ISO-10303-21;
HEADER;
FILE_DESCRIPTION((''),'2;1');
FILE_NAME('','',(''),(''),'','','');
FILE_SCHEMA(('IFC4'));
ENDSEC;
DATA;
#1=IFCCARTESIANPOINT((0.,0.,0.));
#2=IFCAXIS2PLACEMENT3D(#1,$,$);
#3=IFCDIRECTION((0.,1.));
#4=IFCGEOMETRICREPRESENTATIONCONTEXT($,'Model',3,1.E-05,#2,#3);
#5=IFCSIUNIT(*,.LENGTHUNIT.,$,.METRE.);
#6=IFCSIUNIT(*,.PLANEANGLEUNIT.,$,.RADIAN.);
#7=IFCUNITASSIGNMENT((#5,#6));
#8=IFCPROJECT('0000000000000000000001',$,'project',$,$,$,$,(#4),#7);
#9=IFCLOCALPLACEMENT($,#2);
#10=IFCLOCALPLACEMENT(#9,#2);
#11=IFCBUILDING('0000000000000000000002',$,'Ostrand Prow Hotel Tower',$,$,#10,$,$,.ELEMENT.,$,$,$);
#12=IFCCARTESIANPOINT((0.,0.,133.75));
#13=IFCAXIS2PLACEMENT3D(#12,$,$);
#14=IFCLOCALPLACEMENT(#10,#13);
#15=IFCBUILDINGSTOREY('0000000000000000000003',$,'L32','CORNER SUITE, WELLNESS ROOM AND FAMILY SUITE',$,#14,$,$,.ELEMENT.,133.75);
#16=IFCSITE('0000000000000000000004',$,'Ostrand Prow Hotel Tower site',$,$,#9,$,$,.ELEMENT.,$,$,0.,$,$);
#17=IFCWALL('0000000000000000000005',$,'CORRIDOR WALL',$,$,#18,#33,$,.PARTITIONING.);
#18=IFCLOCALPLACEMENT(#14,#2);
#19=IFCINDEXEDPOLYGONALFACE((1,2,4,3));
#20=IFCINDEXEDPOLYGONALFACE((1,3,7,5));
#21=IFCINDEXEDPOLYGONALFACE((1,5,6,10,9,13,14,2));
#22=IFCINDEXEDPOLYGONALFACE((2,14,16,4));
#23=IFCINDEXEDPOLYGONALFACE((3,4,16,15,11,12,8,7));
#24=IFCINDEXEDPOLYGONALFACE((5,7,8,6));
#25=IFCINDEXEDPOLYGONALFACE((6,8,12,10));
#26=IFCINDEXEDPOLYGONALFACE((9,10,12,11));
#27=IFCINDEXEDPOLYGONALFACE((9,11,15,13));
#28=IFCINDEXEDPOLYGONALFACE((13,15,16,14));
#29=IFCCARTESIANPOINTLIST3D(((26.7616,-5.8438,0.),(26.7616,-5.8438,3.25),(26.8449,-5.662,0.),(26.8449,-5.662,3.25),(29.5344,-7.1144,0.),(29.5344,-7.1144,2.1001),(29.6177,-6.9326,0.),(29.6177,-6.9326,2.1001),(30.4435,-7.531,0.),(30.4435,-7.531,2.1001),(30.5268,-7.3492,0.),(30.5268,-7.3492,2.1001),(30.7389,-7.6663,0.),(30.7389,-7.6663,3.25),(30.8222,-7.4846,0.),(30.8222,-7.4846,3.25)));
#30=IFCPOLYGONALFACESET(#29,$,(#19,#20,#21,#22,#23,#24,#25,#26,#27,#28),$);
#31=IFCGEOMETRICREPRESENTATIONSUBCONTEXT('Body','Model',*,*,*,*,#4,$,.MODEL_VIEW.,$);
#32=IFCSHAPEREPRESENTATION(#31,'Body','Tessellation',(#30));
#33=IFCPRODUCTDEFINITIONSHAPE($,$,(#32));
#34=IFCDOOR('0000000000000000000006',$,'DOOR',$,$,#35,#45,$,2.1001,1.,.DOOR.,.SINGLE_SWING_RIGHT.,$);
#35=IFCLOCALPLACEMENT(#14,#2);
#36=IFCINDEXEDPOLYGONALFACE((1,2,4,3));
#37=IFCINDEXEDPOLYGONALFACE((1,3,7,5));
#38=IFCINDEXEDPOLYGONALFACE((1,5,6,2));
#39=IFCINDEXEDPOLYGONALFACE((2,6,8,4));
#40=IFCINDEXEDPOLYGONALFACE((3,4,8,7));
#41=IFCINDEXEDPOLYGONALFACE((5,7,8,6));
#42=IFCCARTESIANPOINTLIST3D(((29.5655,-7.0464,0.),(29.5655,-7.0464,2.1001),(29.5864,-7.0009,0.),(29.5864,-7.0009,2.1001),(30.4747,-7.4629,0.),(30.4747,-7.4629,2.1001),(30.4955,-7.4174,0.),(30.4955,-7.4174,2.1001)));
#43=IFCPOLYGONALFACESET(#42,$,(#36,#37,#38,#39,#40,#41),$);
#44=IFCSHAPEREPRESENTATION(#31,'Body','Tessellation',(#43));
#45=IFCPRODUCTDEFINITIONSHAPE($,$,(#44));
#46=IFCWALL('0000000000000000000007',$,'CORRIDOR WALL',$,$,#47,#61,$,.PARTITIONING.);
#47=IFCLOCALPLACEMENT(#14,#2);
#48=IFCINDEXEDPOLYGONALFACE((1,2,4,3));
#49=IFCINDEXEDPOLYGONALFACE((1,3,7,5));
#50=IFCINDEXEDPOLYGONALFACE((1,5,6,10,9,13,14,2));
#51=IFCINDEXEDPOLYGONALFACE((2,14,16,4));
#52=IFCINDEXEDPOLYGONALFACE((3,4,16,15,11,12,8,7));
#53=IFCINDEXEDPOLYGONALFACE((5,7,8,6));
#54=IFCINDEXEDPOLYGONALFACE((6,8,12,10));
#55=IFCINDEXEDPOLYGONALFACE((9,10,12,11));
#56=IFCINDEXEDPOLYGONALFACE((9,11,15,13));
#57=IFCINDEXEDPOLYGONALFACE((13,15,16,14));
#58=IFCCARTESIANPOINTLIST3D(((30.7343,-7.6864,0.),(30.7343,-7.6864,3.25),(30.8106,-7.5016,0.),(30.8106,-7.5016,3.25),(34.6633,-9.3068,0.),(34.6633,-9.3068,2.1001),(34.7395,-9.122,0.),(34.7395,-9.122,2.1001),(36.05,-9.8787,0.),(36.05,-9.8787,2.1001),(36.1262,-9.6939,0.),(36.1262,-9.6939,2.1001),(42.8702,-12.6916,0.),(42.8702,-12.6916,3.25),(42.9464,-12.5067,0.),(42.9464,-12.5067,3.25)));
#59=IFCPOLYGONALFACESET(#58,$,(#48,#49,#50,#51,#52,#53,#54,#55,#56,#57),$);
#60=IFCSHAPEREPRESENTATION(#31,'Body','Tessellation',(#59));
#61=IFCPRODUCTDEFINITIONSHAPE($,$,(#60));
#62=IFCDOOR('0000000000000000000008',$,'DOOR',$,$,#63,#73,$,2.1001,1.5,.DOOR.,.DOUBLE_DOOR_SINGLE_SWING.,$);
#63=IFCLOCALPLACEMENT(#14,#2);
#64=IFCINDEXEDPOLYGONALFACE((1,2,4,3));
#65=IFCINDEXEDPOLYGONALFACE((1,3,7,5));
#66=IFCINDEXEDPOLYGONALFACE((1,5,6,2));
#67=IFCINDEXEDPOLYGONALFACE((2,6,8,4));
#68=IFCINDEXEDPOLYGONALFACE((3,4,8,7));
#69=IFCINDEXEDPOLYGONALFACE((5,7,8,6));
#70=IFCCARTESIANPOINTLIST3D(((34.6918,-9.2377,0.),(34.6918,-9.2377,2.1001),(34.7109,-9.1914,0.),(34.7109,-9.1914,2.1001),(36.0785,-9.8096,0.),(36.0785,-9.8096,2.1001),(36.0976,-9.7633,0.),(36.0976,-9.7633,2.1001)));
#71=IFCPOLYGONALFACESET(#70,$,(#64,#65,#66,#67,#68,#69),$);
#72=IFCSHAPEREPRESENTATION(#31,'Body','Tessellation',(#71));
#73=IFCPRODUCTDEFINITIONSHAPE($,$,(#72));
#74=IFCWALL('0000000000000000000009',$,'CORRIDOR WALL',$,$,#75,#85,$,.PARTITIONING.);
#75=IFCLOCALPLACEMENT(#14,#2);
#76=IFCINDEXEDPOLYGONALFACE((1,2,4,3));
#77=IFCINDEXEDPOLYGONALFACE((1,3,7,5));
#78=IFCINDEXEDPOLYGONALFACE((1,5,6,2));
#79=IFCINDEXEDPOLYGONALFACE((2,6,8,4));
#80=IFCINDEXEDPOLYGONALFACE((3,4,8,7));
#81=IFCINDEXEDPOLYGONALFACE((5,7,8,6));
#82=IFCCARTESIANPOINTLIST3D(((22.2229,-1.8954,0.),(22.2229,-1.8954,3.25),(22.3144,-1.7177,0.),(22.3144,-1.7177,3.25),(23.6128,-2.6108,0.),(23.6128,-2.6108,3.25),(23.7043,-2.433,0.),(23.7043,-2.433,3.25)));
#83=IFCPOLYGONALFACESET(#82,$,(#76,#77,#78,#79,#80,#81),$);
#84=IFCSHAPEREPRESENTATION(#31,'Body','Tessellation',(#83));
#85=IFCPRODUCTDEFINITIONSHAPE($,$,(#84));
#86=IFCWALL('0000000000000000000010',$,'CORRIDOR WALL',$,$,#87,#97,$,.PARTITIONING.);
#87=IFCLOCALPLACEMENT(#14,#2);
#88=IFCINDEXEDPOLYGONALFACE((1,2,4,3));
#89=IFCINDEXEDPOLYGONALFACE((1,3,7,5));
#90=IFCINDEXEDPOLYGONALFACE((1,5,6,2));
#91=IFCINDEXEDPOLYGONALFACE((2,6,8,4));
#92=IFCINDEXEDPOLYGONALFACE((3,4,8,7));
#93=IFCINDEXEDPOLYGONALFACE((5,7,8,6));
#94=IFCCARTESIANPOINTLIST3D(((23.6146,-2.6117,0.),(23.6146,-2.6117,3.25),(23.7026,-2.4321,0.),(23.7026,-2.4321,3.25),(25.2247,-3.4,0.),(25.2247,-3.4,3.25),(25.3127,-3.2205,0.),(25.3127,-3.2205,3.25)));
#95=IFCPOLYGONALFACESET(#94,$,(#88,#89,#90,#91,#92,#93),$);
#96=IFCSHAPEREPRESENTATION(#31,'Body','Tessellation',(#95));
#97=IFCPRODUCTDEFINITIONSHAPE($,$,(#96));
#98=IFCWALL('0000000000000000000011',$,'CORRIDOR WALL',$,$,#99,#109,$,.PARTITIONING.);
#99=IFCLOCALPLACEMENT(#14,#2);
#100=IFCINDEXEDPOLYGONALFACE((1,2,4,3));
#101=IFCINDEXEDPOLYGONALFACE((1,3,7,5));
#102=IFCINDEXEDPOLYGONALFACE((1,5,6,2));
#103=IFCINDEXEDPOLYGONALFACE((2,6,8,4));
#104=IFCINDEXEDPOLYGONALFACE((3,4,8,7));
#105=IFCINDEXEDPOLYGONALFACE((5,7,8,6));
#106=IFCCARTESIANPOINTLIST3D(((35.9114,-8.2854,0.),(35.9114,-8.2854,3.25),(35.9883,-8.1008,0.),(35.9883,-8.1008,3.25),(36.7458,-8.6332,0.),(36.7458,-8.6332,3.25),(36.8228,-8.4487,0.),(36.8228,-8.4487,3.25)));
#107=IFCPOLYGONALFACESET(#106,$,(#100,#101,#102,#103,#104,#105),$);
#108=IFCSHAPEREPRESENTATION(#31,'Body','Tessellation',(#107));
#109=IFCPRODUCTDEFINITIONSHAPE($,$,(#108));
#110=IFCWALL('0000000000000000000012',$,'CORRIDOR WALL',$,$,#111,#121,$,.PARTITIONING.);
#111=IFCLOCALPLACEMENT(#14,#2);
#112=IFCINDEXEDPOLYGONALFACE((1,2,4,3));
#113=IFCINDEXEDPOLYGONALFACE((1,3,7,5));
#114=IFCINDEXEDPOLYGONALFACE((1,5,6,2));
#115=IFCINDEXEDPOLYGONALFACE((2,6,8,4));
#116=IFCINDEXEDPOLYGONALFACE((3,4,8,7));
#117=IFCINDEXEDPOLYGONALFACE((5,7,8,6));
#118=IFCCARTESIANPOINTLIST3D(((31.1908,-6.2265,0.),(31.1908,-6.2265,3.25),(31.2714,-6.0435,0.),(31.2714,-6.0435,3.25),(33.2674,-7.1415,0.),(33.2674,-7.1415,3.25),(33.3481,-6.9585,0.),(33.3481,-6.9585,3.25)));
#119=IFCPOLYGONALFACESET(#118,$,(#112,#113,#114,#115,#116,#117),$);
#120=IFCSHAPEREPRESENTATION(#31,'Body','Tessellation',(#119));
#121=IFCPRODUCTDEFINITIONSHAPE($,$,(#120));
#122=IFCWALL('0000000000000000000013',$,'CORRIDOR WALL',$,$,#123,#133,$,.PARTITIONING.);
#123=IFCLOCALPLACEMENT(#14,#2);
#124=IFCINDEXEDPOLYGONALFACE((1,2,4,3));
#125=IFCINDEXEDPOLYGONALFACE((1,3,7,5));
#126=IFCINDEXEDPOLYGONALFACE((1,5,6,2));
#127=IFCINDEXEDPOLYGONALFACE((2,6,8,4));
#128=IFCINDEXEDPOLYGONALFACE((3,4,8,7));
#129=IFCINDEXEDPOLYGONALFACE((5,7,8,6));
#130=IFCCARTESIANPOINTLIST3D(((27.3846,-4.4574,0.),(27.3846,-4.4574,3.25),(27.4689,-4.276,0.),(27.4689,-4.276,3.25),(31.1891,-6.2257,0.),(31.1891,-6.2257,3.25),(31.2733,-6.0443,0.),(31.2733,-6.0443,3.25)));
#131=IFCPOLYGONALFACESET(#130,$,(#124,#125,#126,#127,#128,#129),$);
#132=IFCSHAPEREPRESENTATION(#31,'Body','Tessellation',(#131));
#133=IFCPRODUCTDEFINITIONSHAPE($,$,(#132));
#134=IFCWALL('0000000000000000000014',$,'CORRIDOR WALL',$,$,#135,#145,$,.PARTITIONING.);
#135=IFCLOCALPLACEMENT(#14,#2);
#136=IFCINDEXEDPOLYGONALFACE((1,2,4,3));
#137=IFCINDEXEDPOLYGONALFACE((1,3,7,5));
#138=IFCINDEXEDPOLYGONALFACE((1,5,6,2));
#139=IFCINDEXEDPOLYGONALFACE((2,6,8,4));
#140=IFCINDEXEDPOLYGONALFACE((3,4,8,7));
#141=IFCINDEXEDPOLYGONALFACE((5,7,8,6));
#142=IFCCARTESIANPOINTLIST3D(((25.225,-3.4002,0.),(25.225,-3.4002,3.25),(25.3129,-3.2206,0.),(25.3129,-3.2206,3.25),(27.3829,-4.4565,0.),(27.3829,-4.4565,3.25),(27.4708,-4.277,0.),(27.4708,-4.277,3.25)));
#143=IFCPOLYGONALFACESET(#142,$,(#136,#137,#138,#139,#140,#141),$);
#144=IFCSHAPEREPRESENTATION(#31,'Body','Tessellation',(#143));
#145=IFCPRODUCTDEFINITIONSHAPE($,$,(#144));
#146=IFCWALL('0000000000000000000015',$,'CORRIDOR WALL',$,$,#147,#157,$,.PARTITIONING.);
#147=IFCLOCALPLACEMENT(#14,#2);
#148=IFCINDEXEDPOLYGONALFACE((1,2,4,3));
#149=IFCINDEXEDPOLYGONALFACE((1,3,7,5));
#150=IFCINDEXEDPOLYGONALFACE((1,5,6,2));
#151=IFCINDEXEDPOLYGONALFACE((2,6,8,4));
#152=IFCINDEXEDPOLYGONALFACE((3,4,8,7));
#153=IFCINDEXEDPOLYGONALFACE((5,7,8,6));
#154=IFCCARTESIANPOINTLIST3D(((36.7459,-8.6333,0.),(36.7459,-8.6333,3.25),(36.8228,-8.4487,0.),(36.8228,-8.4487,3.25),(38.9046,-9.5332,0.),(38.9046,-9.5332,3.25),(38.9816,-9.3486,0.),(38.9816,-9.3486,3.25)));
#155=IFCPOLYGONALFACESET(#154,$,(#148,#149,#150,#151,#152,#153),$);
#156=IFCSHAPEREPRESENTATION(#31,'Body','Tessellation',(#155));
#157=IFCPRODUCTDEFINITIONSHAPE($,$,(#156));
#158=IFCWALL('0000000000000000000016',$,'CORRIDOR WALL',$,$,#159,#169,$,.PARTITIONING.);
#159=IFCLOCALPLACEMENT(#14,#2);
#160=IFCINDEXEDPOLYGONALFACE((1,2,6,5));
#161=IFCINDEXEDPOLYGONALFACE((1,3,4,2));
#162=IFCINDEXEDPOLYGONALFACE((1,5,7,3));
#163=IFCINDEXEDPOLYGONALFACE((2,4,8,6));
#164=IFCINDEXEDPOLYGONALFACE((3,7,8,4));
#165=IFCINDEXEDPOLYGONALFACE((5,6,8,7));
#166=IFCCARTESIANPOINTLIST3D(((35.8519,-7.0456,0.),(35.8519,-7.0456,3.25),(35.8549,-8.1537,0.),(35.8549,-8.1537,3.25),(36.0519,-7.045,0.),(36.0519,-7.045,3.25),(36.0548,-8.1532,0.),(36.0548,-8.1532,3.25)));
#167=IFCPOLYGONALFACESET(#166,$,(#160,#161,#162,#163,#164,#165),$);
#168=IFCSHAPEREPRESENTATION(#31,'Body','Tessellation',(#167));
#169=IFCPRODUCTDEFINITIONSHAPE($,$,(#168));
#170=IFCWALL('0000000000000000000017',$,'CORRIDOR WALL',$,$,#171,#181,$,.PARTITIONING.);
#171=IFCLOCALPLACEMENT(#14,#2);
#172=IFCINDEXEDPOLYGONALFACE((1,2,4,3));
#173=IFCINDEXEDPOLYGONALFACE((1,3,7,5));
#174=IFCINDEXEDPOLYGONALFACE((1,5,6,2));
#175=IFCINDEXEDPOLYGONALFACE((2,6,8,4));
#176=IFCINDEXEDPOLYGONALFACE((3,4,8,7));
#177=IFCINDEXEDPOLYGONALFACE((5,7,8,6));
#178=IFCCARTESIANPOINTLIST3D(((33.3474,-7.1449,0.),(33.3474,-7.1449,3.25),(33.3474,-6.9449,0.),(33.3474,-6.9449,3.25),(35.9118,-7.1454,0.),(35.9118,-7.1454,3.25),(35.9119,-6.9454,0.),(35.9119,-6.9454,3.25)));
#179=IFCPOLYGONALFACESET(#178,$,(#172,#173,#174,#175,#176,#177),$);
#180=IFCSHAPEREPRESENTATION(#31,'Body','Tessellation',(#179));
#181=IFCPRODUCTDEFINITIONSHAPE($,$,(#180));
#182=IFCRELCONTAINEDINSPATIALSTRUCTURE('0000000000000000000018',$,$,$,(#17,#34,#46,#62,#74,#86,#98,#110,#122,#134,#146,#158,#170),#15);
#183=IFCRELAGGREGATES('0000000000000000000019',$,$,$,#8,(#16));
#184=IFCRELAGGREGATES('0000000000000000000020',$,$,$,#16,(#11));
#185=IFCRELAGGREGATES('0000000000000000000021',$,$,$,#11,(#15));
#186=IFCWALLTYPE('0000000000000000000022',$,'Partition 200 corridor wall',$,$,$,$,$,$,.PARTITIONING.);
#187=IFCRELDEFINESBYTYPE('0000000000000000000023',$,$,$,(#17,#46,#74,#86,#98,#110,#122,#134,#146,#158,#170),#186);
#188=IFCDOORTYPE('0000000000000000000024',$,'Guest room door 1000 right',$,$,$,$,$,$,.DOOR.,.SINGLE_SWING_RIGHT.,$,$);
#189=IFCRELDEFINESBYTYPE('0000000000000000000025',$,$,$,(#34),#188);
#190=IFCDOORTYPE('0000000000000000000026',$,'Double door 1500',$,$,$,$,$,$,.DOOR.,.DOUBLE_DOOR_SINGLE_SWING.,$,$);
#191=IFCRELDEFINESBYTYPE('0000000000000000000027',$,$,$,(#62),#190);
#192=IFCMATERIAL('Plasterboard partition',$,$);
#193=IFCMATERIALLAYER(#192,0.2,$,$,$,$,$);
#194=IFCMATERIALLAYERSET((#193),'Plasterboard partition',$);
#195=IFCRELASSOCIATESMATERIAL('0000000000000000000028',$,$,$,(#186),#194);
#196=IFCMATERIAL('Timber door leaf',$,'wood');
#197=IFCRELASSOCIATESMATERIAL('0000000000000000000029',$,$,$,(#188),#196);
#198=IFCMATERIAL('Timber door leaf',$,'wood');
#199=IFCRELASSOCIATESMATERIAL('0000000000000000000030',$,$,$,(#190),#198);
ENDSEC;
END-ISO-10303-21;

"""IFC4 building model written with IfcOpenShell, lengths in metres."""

from ifc_helpers import new_model, si_unit, direction, frame, frame_2d, origin, place, context, subcontext, project, spatial, rectangle, extrude, material, layer, layer_set, type_object, element, fill, save


model = new_model("IFC4")

# Units and contexts
model_context = context("Model", 3, precision=1e-05, world=origin(), true_north=direction((0.0, 1.0)))
body_context = subcontext(model_context, "Body", "Model", "MODEL_VIEW")
ifc_project = project(units=[si_unit("LENGTHUNIT", "METRE"), si_unit("PLANEANGLEUNIT", "RADIAN")], contexts=[model_context])

# Site, building, storey
site_placement = place(None, origin())
site = spatial("IfcSite", under=ifc_project, at=site_placement, Name="Ostrand Prow Hotel Tower site", CompositionType="ELEMENT", RefElevation=0.0)
building_placement = place(site_placement, origin())
building = spatial("IfcBuilding", under=site, at=building_placement, Name="Ostrand Prow Hotel Tower", CompositionType="ELEMENT")
storey_placement = place(building_placement, frame((0.0, 0.0, 133.75)))
storey = spatial("IfcBuildingStorey", under=building, at=storey_placement, Name="L32", Description="CORNER SUITE, WELLNESS ROOM AND FAMILY SUITE", CompositionType="ELEMENT", Elevation=133.75)

# Walls, openings, doors
ifc_material_1 = material(Name="Plasterboard partition")
ifc_layer_1 = layer(ifc_material_1, 0.2)
ifc_layer_set_1 = layer_set([ifc_layer_1], Name="Plasterboard partition")
wall_type_1 = type_object("IfcWallType", Name="Partition 200 corridor wall", PredefinedType="PARTITIONING", material=ifc_layer_set_1)
wall_1_placement = place(storey_placement, frame((26.8032, -5.7529, 0.0), z_axis=(0.0, 0.0, 1.0), x_axis=(0.909101, -0.416576, 0.0)))
wall_1 = element("IfcWall", 1, at=wall_1_placement, inside=storey, type_object=wall_type_1, Name="CORRIDOR WALL", PredefinedType="PARTITIONING", context=body_context, shape_type="SweptSolid", body=[
    extrude(rectangle(XDim=4.375, YDim=0.2, at=frame_2d((2.1875, 0.0))), origin(), (0.0, 0.0, 1.0), 3.25),
])
opening_1_placement = place(wall_1_placement, frame((3.05, 0.0, 0.0)))
opening_1 = element("IfcOpeningElement", 2, at=opening_1_placement, cuts=wall_1, PredefinedType="OPENING", context=body_context, shape_type="SweptSolid", body=[
    extrude(rectangle(XDim=1.0, YDim=2.1001, at=frame_2d((0.5, 1.05))), frame((0.0, 0.1099, 0.0), z_axis=(0.0, -1.0, 0.0), x_axis=(1.0, 0.0, 0.0)), (0.0, 0.0, 1.0), 0.22),
])
ifc_material_2 = material(Name="Timber door leaf", Category="wood")
door_type_1 = type_object("IfcDoorType", Name="Guest room door 1000 right", OperationType="SINGLE_SWING_RIGHT", PredefinedType="DOOR", material=ifc_material_2)
door_1_placement = place(opening_1_placement, origin())
door_1 = element("IfcDoor", 3, at=door_1_placement, inside=storey, type_object=door_type_1, Name="DOOR", OperationType="SINGLE_SWING_RIGHT", OverallHeight=2.1001, OverallWidth=1.0, PredefinedType="DOOR", context=body_context, shape_type="SweptSolid", body=[
    extrude(rectangle(XDim=1.0, YDim=2.1001, at=frame_2d((0.5, 1.05))), frame((0.0, 0.0249, 0.0), z_axis=(0.0, -1.0, 0.0), x_axis=(1.0, 0.0, 0.0)), (0.0, 0.0, 1.0), 0.05),
])
fill(opening_1, door_1)
wall_2_placement = place(storey_placement, frame((30.7725, -7.594, 0.0), z_axis=(0.0, 0.0, 1.0), x_axis=(0.924462, -0.381275, 0.0)))
wall_2 = element("IfcWall", 4, at=wall_2_placement, inside=storey, type_object=wall_type_1, Name="CORRIDOR WALL", PredefinedType="PARTITIONING", context=body_context, shape_type="SweptSolid", body=[
    extrude(rectangle(XDim=13.1274, YDim=0.2, at=frame_2d((6.5637, 0.0))), origin(), (0.0, 0.0, 1.0), 3.25),
])
opening_2_placement = place(wall_2_placement, frame((4.25, 0.0, 0.0)))
opening_2 = element("IfcOpeningElement", 5, at=opening_2_placement, cuts=wall_2, PredefinedType="OPENING", context=body_context, shape_type="SweptSolid", body=[
    extrude(rectangle(XDim=1.5, YDim=2.1001, at=frame_2d((0.75, 1.05))), frame((0.0, 0.1099, 0.0), z_axis=(0.0, -1.0, 0.0), x_axis=(1.0, 0.0, 0.0)), (0.0, 0.0, 1.0), 0.22),
])
ifc_material_3 = material(Name="Timber door leaf", Category="wood")
door_type_2 = type_object("IfcDoorType", Name="Double door 1500", OperationType="DOUBLE_DOOR_SINGLE_SWING", PredefinedType="DOOR", material=ifc_material_3)
door_2_placement = place(opening_2_placement, origin())
door_2 = element("IfcDoor", 6, at=door_2_placement, inside=storey, type_object=door_type_2, Name="DOOR", OperationType="DOUBLE_DOOR_SINGLE_SWING", OverallHeight=2.1001, OverallWidth=1.5, PredefinedType="DOOR", context=body_context, shape_type="SweptSolid", body=[
    extrude(rectangle(XDim=1.5, YDim=2.1001, at=frame_2d((0.75, 1.05))), frame((0.0, 0.0249, 0.0), z_axis=(0.0, -1.0, 0.0), x_axis=(1.0, 0.0, 0.0)), (0.0, 0.0, 1.0), 0.05),
])
fill(opening_2, door_2)

# Walls
wall_3_placement = place(storey_placement, frame((23.6587, -2.522, 0.0), z_axis=(0.0, 0.0, 1.0), x_axis=(-0.88915, 0.457616, 0.0)))
element("IfcWall", 7, at=wall_3_placement, inside=storey, type_object=wall_type_1, Name="CORRIDOR WALL", PredefinedType="PARTITIONING", context=body_context, shape_type="SweptSolid", body=[
    extrude(rectangle(XDim=1.5632, YDim=0.2, at=frame_2d((0.7817, 0.0))), origin(), (0.0, 0.0, 1.0), 3.25),
])
wall_4_placement = place(storey_placement, frame((25.2688, -3.3103, 0.0), z_axis=(0.0, 0.0, 1.0), x_axis=(-0.898127, 0.439735, 0.0)))
element("IfcWall", 8, at=wall_4_placement, inside=storey, type_object=wall_type_1, Name="CORRIDOR WALL", PredefinedType="PARTITIONING", context=body_context, shape_type="SweptSolid", body=[
    extrude(rectangle(XDim=1.7927, YDim=0.2, at=frame_2d((0.8965, 0.0))), origin(), (0.0, 0.0, 1.0), 3.25),
])
wall_5_placement = place(storey_placement, frame((36.7844, -8.541, 0.0), z_axis=(0.0, 0.0, 1.0), x_axis=(-0.922997, 0.384807, 0.0)))
element("IfcWall", 9, at=wall_5_placement, inside=storey, type_object=wall_type_1, Name="CORRIDOR WALL", PredefinedType="PARTITIONING", context=body_context, shape_type="SweptSolid", body=[
    extrude(rectangle(XDim=0.9041, YDim=0.2, at=frame_2d((0.4521, 0.0))), origin(), (0.0, 0.0, 1.0), 3.25),
])
wall_6_placement = place(storey_placement, frame((33.3079, -7.05, 0.0), z_axis=(0.0, 0.0, 1.0), x_axis=(-0.915102, 0.403222, 0.0)))
element("IfcWall", 10, at=wall_6_placement, inside=storey, type_object=wall_type_1, Name="CORRIDOR WALL", PredefinedType="PARTITIONING", context=body_context, shape_type="SweptSolid", body=[
    extrude(rectangle(XDim=2.2693, YDim=0.2, at=frame_2d((1.1348, 0.0))), origin(), (0.0, 0.0, 1.0), 3.25),
])
wall_7_placement = place(storey_placement, frame((31.2312, -6.135, 0.0), z_axis=(0.0, 0.0, 1.0), x_axis=(-0.90683, 0.421496, 0.0)))
element("IfcWall", 11, at=wall_7_placement, inside=storey, type_object=wall_type_1, Name="CORRIDOR WALL", PredefinedType="PARTITIONING", context=body_context, shape_type="SweptSolid", body=[
    extrude(rectangle(XDim=4.1953, YDim=0.2, at=frame_2d((2.0977, 0.0))), origin(), (0.0, 0.0, 1.0), 3.25),
])
wall_8_placement = place(storey_placement, frame((27.4268, -4.3667, 0.0), z_axis=(0.0, 0.0, 1.0), x_axis=(-0.898155, 0.439678, 0.0)))
element("IfcWall", 12, at=wall_8_placement, inside=storey, type_object=wall_type_1, Name="CORRIDOR WALL", PredefinedType="PARTITIONING", context=body_context, shape_type="SweptSolid", body=[
    extrude(rectangle(XDim=2.4026, YDim=0.2, at=frame_2d((1.2012, 0.0))), origin(), (0.0, 0.0, 1.0), 3.25),
])
wall_9_placement = place(storey_placement, frame((38.9431, -9.4409, 0.0), z_axis=(0.0, 0.0, 1.0), x_axis=(-0.923009, 0.384778, 0.0)))
element("IfcWall", 13, at=wall_9_placement, inside=storey, type_object=wall_type_1, Name="CORRIDOR WALL", PredefinedType="PARTITIONING", context=body_context, shape_type="SweptSolid", body=[
    extrude(rectangle(XDim=2.3389, YDim=0.2, at=frame_2d((1.1694, 0.0))), origin(), (0.0, 0.0, 1.0), 3.25),
])
wall_10_placement = place(storey_placement, frame((35.9548, -8.1536, 0.0), z_axis=(0.0, 0.0, 1.0), x_axis=(-0.002644, 0.999997, 0.0)))
element("IfcWall", 14, at=wall_10_placement, inside=storey, type_object=wall_type_1, Name="CORRIDOR WALL", PredefinedType="PARTITIONING", context=body_context, shape_type="SweptSolid", body=[
    extrude(rectangle(XDim=1.1082, YDim=0.2, at=frame_2d((0.5542, 0.0))), origin(), (0.0, 0.0, 1.0), 3.25),
])
wall_11_placement = place(storey_placement, frame((35.9119, -7.0454, 0.0), z_axis=(0.0, 0.0, 1.0), x_axis=(-1.0, 0.00019, 0.0)))
element("IfcWall", 15, at=wall_11_placement, inside=storey, type_object=wall_type_1, Name="CORRIDOR WALL", PredefinedType="PARTITIONING", context=body_context, shape_type="SweptSolid", body=[
    extrude(rectangle(XDim=2.5645, YDim=0.2, at=frame_2d((1.2822, 0.0))), origin(), (0.0, 0.0, 1.0), 3.25),
])

save(model, "model.ifc")
